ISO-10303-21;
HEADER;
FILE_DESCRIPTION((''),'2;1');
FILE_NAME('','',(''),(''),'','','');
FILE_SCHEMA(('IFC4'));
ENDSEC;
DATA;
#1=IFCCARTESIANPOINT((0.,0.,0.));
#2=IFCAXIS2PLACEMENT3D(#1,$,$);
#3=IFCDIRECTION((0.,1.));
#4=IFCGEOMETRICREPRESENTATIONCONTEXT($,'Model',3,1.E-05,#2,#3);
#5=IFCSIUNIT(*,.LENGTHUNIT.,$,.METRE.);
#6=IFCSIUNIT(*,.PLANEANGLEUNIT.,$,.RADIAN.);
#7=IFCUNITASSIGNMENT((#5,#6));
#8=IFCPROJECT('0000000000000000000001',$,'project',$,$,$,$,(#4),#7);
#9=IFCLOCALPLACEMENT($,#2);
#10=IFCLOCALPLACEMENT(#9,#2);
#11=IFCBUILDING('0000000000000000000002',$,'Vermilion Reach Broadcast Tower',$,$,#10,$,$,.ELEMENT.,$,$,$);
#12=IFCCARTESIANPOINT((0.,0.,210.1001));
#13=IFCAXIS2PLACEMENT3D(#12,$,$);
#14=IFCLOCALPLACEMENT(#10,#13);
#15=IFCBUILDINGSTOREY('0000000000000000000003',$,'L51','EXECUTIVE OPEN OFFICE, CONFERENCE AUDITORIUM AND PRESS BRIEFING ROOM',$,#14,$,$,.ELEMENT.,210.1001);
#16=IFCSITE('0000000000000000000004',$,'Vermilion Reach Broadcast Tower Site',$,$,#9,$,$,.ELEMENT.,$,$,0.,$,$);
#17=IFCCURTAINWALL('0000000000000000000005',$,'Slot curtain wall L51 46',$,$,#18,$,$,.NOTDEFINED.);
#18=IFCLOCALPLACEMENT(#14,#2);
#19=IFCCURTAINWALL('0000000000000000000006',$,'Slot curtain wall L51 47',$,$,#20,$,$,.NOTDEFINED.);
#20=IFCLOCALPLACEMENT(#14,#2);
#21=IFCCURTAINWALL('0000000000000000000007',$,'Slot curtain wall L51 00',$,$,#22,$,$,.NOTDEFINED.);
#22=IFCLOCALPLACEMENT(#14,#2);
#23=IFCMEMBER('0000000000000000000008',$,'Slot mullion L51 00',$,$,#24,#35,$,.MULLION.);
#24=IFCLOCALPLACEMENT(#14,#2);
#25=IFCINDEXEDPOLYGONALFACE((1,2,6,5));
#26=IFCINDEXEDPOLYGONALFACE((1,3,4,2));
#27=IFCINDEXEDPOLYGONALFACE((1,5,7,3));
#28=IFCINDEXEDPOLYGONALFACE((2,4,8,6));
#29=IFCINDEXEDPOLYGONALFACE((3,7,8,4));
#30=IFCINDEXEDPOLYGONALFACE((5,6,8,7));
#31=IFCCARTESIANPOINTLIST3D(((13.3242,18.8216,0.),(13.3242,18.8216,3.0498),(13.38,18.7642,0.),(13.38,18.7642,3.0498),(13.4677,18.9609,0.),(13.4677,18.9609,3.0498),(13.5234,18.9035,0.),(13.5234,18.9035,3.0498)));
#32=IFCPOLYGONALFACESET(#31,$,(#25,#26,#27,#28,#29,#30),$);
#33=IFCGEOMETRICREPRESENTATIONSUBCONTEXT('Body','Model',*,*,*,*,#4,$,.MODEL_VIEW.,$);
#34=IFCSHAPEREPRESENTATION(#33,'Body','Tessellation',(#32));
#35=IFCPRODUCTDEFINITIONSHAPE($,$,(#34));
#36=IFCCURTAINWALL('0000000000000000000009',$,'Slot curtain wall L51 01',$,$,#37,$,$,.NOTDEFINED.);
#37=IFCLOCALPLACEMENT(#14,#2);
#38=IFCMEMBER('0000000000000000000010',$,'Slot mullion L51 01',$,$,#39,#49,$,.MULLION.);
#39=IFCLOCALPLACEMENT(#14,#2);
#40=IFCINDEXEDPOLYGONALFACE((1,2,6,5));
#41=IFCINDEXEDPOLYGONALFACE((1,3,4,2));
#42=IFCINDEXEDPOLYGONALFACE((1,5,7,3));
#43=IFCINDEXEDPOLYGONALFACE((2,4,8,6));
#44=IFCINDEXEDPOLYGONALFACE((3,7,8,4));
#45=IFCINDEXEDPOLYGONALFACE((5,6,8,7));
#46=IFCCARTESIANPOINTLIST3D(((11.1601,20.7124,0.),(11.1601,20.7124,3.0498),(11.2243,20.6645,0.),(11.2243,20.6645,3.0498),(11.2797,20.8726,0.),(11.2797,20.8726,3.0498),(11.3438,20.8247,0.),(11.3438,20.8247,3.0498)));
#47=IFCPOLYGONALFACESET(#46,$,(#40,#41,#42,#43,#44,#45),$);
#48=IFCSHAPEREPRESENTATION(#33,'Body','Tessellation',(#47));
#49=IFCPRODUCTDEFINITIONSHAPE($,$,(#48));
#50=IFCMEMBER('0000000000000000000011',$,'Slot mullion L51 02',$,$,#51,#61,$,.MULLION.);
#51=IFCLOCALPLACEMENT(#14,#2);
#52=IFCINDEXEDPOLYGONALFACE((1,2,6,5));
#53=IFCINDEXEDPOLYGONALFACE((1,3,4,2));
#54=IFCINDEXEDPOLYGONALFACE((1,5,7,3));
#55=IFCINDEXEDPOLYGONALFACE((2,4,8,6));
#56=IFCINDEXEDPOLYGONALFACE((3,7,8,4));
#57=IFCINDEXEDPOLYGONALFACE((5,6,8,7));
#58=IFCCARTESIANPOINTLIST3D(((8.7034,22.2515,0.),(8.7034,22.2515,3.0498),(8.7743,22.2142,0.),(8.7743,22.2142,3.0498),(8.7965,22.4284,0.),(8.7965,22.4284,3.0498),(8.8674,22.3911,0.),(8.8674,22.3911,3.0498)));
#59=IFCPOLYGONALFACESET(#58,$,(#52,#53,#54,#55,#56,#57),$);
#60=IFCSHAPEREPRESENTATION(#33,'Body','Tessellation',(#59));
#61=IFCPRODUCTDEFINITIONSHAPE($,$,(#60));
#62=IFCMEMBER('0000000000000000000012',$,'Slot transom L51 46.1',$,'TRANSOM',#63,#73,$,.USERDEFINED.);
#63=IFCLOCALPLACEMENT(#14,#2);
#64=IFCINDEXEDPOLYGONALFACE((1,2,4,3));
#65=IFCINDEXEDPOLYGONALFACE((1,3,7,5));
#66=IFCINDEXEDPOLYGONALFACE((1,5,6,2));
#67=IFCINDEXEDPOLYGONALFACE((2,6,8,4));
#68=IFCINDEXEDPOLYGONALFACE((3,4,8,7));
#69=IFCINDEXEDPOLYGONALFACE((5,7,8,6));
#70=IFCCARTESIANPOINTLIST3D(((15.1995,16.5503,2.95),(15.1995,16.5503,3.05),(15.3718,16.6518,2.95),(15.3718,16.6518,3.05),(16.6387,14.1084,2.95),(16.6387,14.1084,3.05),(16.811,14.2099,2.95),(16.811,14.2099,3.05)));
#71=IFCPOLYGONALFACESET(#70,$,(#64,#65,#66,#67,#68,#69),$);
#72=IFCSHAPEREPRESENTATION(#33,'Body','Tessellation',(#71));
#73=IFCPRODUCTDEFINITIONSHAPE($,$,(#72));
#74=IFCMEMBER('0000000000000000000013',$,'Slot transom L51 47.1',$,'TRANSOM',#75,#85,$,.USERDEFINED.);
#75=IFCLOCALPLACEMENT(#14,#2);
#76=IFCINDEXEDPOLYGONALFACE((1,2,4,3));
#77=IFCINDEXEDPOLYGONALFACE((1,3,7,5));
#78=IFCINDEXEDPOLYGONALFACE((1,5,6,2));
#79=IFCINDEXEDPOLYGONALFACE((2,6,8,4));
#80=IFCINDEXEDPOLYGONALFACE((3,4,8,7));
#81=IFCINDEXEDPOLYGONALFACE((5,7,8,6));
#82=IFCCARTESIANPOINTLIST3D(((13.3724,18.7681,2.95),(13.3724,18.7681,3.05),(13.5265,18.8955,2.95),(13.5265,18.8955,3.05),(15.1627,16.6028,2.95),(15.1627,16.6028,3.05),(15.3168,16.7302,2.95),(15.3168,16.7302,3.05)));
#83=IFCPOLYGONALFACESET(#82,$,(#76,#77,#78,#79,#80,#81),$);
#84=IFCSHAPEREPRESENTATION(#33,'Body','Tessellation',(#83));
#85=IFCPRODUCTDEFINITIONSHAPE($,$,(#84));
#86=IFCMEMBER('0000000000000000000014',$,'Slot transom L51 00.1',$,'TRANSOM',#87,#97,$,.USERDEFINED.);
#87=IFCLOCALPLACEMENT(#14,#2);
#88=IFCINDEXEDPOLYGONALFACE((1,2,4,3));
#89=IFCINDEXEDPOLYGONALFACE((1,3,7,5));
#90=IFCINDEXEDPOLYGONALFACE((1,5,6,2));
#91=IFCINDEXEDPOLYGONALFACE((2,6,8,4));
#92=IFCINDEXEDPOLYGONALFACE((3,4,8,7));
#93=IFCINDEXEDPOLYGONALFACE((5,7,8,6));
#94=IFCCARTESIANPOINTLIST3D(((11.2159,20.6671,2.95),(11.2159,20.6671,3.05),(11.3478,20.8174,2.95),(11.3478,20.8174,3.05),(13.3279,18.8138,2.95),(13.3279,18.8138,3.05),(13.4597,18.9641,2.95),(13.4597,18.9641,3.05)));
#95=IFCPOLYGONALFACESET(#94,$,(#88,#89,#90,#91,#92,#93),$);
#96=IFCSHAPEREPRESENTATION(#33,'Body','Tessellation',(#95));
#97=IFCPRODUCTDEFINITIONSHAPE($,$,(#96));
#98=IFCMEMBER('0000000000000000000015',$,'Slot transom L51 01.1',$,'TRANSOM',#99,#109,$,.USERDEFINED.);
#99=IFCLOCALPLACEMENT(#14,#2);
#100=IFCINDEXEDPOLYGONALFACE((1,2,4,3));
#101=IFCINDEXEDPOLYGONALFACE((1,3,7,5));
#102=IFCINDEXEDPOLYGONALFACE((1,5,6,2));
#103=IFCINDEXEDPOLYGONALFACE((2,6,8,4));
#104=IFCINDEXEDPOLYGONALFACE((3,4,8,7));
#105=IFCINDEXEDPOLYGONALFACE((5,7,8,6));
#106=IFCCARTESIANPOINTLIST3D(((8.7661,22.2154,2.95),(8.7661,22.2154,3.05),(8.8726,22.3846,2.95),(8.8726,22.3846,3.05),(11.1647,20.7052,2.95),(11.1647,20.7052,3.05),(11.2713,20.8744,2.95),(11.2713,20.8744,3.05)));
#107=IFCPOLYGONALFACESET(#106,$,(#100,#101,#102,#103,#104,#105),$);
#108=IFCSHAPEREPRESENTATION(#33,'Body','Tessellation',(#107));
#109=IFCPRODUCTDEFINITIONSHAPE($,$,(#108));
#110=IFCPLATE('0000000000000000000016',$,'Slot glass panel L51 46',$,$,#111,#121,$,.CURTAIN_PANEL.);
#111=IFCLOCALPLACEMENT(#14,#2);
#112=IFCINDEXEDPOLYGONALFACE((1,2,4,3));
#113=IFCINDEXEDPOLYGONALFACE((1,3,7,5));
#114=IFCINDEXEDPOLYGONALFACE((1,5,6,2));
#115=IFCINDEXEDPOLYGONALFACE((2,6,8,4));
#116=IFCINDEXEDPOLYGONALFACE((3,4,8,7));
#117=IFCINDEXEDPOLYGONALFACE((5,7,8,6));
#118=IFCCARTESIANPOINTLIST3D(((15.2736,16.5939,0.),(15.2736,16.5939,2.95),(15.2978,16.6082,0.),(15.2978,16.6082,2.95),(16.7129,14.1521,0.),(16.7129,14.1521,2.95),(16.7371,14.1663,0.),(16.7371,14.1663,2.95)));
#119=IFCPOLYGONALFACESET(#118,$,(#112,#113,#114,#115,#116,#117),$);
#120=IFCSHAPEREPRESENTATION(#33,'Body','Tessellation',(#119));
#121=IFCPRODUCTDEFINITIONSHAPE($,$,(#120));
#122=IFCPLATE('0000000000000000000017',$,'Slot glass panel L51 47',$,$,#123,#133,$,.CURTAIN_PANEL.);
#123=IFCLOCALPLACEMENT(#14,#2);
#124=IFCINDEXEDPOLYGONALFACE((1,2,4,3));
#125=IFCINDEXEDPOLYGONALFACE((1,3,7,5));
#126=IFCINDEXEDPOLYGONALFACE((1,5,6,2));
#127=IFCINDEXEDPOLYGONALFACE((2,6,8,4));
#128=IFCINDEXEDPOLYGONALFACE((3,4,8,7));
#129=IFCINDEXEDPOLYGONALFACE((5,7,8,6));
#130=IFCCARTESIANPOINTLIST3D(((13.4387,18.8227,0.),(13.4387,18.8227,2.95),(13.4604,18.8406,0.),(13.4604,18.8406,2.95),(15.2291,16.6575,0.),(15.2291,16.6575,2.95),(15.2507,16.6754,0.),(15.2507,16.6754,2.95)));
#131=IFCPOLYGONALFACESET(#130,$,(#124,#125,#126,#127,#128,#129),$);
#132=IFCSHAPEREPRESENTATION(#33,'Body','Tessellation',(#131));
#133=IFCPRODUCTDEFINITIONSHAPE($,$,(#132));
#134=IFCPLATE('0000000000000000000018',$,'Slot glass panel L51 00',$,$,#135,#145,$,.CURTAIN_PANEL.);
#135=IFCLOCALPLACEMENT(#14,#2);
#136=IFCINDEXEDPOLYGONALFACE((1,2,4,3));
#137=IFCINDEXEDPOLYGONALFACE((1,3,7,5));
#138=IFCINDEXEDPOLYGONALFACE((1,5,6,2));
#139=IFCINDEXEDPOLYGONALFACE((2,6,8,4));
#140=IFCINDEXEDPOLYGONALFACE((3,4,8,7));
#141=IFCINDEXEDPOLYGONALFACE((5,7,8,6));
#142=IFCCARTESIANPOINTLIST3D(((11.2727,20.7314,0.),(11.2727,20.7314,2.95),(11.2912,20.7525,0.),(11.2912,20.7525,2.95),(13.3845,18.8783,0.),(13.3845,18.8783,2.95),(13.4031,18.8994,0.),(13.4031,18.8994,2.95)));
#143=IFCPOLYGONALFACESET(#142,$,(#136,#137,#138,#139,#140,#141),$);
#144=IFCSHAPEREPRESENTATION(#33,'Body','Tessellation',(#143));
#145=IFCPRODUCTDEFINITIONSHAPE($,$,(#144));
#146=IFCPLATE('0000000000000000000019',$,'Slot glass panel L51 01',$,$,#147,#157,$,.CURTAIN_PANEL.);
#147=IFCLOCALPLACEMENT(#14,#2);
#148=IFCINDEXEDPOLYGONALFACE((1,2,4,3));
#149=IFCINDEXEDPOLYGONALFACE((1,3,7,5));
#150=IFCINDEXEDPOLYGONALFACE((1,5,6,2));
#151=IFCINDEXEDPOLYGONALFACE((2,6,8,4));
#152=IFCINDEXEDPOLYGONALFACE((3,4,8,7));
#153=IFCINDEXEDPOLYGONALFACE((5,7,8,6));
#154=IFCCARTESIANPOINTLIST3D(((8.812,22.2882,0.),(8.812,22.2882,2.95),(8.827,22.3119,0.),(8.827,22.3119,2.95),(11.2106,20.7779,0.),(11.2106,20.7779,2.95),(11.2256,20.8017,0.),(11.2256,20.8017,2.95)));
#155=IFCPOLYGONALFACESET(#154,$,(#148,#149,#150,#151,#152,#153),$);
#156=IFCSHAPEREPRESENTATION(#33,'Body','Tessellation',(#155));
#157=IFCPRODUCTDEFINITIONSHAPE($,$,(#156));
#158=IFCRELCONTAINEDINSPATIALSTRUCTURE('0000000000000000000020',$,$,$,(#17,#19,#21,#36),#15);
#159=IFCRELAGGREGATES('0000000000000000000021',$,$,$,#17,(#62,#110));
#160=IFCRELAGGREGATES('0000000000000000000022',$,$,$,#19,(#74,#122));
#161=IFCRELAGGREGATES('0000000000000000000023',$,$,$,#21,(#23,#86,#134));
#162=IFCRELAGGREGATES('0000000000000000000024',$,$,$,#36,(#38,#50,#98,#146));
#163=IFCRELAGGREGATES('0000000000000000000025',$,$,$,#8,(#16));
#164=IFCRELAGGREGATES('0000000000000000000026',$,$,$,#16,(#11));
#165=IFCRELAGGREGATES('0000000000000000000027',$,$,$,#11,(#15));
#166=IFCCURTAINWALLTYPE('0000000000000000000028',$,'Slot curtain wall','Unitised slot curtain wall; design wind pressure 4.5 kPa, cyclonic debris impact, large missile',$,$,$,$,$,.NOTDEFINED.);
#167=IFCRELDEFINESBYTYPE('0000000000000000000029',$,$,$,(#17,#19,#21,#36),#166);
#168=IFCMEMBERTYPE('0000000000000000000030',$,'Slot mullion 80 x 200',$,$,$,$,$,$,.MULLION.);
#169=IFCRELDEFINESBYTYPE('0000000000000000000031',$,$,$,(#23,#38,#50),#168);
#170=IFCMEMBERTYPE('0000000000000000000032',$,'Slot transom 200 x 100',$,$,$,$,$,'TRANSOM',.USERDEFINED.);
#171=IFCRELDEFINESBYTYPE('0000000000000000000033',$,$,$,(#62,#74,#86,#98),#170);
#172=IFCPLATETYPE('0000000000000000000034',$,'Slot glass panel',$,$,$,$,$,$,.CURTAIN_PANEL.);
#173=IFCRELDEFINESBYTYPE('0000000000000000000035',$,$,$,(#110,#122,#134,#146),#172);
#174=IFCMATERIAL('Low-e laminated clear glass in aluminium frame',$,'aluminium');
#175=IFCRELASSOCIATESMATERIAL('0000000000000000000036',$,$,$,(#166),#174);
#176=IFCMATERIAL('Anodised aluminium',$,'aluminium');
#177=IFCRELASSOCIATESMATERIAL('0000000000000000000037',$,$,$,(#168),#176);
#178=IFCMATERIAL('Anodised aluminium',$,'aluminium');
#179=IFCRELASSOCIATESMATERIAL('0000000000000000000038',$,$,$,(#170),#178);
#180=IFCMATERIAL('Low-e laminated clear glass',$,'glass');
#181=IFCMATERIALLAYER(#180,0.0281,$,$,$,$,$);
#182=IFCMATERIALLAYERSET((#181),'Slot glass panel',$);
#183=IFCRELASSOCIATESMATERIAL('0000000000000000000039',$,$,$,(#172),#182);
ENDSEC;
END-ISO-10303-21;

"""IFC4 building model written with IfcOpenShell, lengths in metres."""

from ifc_helpers import new_model, si_unit, direction, frame, origin, origin_2d, place, context, subcontext, project, spatial, rectangle, extrude, material, layer, layer_set, material_profile, profile_set, type_object, element, aggregate, save


model = new_model("IFC4")

# Units and contexts
model_context = context("Model", 3, precision=1e-05, world=origin(), true_north=direction((0.0, 1.0)))
body_context = subcontext(model_context, "Body", "Model", "MODEL_VIEW")
ifc_project = project(units=[si_unit("LENGTHUNIT", "METRE"), si_unit("PLANEANGLEUNIT", "RADIAN")], contexts=[model_context])

# Site, building, storey
site_placement = place(None, origin())
site = spatial("IfcSite", under=ifc_project, at=site_placement, Name="Vermilion Reach Broadcast Tower Site", CompositionType="ELEMENT", RefElevation=0.0)
building_placement = place(site_placement, origin())
building = spatial("IfcBuilding", under=site, at=building_placement, Name="Vermilion Reach Broadcast Tower", CompositionType="ELEMENT")
storey_placement = place(building_placement, frame((0.0, 0.0, 210.1001)))
storey = spatial("IfcBuildingStorey", under=building, at=storey_placement, Name="L51", Description="EXECUTIVE OPEN OFFICE, CONFERENCE AUDITORIUM AND PRESS BRIEFING ROOM", CompositionType="ELEMENT", Elevation=210.1001)

# Curtain walls, member
ifc_material_1 = material(Name="Low-e laminated clear glass in aluminium frame", Category="aluminium")
curtain_wall_type = type_object("IfcCurtainWallType", Name="Slot curtain wall", Description="Unitised slot curtain wall; design wind pressure 4.5 kPa, cyclonic debris impact, large missile", PredefinedType="NOTDEFINED", material=ifc_material_1)
placement = place(storey_placement, origin())
curtain_wall_1 = element("IfcCurtainWall", 1, at=placement, inside=storey, type_object=curtain_wall_type, Name="Slot curtain wall L51 46", PredefinedType="NOTDEFINED")
ifc_material_2 = material(Name="Anodised aluminium", Category="aluminium")
ifc_material_profile_1 = material_profile(ifc_material_2, rectangle(XDim=0.2, YDim=0.0801, at=origin_2d()), Name="Slot mullion 80 x 200")
ifc_profile_set_1 = profile_set([ifc_material_profile_1], Name="Anodised aluminium")
member_type_1 = type_object("IfcMemberType", Name="Slot mullion 80 x 200", PredefinedType="MULLION", material=ifc_profile_set_1)
curtain_wall_2 = element("IfcCurtainWall", 2, at=placement, inside=storey, type_object=curtain_wall_type, Name="Slot curtain wall L51 47", PredefinedType="NOTDEFINED")
curtain_wall_3 = element("IfcCurtainWall", 3, at=placement, inside=storey, type_object=curtain_wall_type, Name="Slot curtain wall L51 00", PredefinedType="NOTDEFINED")
member_1_placement = place(storey_placement, frame((13.4238, 18.8625, 0.0), z_axis=(0.0, 0.0, 1.0), x_axis=(-0.717397, -0.696664, 0.0)))
member_1 = element("IfcMember", 4, at=member_1_placement, type_object=member_type_1, Name="Slot mullion L51 00", PredefinedType="MULLION", context=body_context, shape_type="SweptSolid", body=[
    extrude(rectangle(XDim=0.2, YDim=0.0801, at=origin_2d()), origin(), (0.0, 0.0, 1.0), 3.0498),
])

# Curtain wall, members
curtain_wall_4 = element("IfcCurtainWall", 5, at=placement, inside=storey, type_object=curtain_wall_type, Name="Slot curtain wall L51 01", PredefinedType="NOTDEFINED")
member_2_placement = place(storey_placement, frame((11.252, 20.7686, 0.0), z_axis=(0.0, 0.0, 1.0), x_axis=(-0.59806, -0.801451, 0.0)))
member_2 = element("IfcMember", 6, at=member_2_placement, type_object=member_type_1, Name="Slot mullion L51 01", PredefinedType="MULLION", context=body_context, shape_type="SweptSolid", body=[
    extrude(rectangle(XDim=0.2, YDim=0.0801, at=origin_2d()), origin(), (0.0, 0.0, 1.0), 3.0498),
])
member_3_placement = place(storey_placement, frame((8.7854, 22.3213, 0.0), z_axis=(0.0, 0.0, 1.0), x_axis=(-0.46587, -0.884853, 0.0)))
member_3 = element("IfcMember", 7, at=member_3_placement, type_object=member_type_1, Name="Slot mullion L51 02", PredefinedType="MULLION", context=body_context, shape_type="SweptSolid", body=[
    extrude(rectangle(XDim=0.2, YDim=0.0801, at=origin_2d()), origin(), (0.0, 0.0, 1.0), 3.0498),
])

# Members
ifc_material_3 = material(Name="Anodised aluminium", Category="aluminium")
ifc_material_profile_2 = material_profile(ifc_material_3, rectangle(XDim=0.2, YDim=0.1001, at=origin_2d()), Name="Slot transom 200 x 100")
ifc_profile_set_2 = profile_set([ifc_material_profile_2], Name="Anodised aluminium")
member_type_2 = type_object("IfcMemberType", Name="Slot transom 200 x 100", ElementType="TRANSOM", PredefinedType="USERDEFINED", material=ifc_profile_set_2)
member_4_placement = place(storey_placement, frame((16.7249, 14.1592, 3.0), z_axis=(-0.507754, 0.861502, 0.0), x_axis=(-0.861502, -0.507754, 0.0)))
member_4 = element("IfcMember", 8, at=member_4_placement, type_object=member_type_2, Name="Slot transom L51 46.1", ObjectType="TRANSOM", PredefinedType="USERDEFINED", context=body_context, shape_type="SweptSolid", body=[
    extrude(rectangle(XDim=0.2, YDim=0.1001, at=origin_2d()), origin(), (0.0, 0.0, 1.0), 2.8345),
])
member_5_placement = place(storey_placement, frame((15.2397, 16.6665, 3.0), z_axis=(-0.637214, 0.770687, 0.0), x_axis=(-0.770687, -0.637214, 0.0)))
member_5 = element("IfcMember", 9, at=member_5_placement, type_object=member_type_2, Name="Slot transom L51 47.1", ObjectType="TRANSOM", PredefinedType="USERDEFINED", context=body_context, shape_type="SweptSolid", body=[
    extrude(rectangle(XDim=0.2, YDim=0.1001, at=origin_2d()), origin(), (0.0, 0.0, 1.0), 2.8096),
])
member_6_placement = place(storey_placement, frame((13.3938, 18.8889, 3.0), z_axis=(-0.751618, 0.659599, 0.0), x_axis=(-0.659599, -0.751618, 0.0)))
member_6 = element("IfcMember", 10, at=member_6_placement, type_object=member_type_2, Name="Slot transom L51 00.1", ObjectType="TRANSOM", PredefinedType="USERDEFINED", context=body_context, shape_type="SweptSolid", body=[
    extrude(rectangle(XDim=0.2, YDim=0.1001, at=origin_2d()), origin(), (0.0, 0.0, 1.0), 2.8098),
])
member_7_placement = place(storey_placement, frame((11.218, 20.7898, 3.0), z_axis=(-0.846237, 0.532806, 0.0), x_axis=(-0.532806, -0.846237, 0.0)))
member_7 = element("IfcMember", 11, at=member_7_placement, type_object=member_type_2, Name="Slot transom L51 01.1", ObjectType="TRANSOM", PredefinedType="USERDEFINED", context=body_context, shape_type="SweptSolid", body=[
    extrude(rectangle(XDim=0.2, YDim=0.1001, at=origin_2d()), origin(), (0.0, 0.0, 1.0), 2.8345),
])

# Plates
ifc_material_4 = material(Name="Low-e laminated clear glass", Category="glass")
ifc_layer = layer(ifc_material_4, 0.0281)
ifc_layer_set = layer_set([ifc_layer], Name="Slot glass panel")
plate_type = type_object("IfcPlateType", Name="Slot glass panel", PredefinedType="CURTAIN_PANEL", material=ifc_layer_set)
plate_1_placement = place(storey_placement, frame((16.0054, 15.3801, 0.0), z_axis=(0.0, 0.0, 1.0), x_axis=(-0.507771, 0.861492, 0.0)))
plate_1 = element("IfcPlate", 12, at=plate_1_placement, type_object=plate_type, Name="Slot glass panel L51 46", PredefinedType="CURTAIN_PANEL", context=body_context, shape_type="SweptSolid", body=[
    extrude(rectangle(XDim=2.8345, YDim=0.0281, at=origin_2d()), origin(), (0.0, 0.0, 1.0), 2.95),
])
aggregate(curtain_wall_1, [member_4, plate_1])
plate_2_placement = place(storey_placement, frame((14.3447, 17.749, 0.0), z_axis=(0.0, 0.0, 1.0), x_axis=(-0.637246, 0.770661, 0.0)))
plate_2 = element("IfcPlate", 13, at=plate_2_placement, type_object=plate_type, Name="Slot glass panel L51 47", PredefinedType="CURTAIN_PANEL", context=body_context, shape_type="SweptSolid", body=[
    extrude(rectangle(XDim=2.8096, YDim=0.0281, at=origin_2d()), origin(), (0.0, 0.0, 1.0), 2.95),
])
aggregate(curtain_wall_2, [member_5, plate_2])
plate_3_placement = place(storey_placement, frame((12.3379, 19.8154, 0.0), z_axis=(0.0, 0.0, 1.0), x_axis=(-0.751647, 0.659566, 0.0)))
plate_3 = element("IfcPlate", 14, at=plate_3_placement, type_object=plate_type, Name="Slot glass panel L51 00", PredefinedType="CURTAIN_PANEL", context=body_context, shape_type="SweptSolid", body=[
    extrude(rectangle(XDim=2.8096, YDim=0.0281, at=origin_2d()), origin(), (0.0, 0.0, 1.0), 2.95),
])
aggregate(curtain_wall_3, [member_1, member_6, plate_3])
plate_4_placement = place(storey_placement, frame((10.0188, 21.5449, 0.0), z_axis=(0.0, 0.0, 1.0), x_axis=(-0.846235, 0.532809, 0.0)))
plate_4 = element("IfcPlate", 15, at=plate_4_placement, type_object=plate_type, Name="Slot glass panel L51 01", PredefinedType="CURTAIN_PANEL", context=body_context, shape_type="SweptSolid", body=[
    extrude(rectangle(XDim=2.8345, YDim=0.0281, at=origin_2d()), origin(), (0.0, 0.0, 1.0), 2.95),
])
aggregate(curtain_wall_4, [member_2, member_3, member_7, plate_4])

save(model, "model.ifc")
